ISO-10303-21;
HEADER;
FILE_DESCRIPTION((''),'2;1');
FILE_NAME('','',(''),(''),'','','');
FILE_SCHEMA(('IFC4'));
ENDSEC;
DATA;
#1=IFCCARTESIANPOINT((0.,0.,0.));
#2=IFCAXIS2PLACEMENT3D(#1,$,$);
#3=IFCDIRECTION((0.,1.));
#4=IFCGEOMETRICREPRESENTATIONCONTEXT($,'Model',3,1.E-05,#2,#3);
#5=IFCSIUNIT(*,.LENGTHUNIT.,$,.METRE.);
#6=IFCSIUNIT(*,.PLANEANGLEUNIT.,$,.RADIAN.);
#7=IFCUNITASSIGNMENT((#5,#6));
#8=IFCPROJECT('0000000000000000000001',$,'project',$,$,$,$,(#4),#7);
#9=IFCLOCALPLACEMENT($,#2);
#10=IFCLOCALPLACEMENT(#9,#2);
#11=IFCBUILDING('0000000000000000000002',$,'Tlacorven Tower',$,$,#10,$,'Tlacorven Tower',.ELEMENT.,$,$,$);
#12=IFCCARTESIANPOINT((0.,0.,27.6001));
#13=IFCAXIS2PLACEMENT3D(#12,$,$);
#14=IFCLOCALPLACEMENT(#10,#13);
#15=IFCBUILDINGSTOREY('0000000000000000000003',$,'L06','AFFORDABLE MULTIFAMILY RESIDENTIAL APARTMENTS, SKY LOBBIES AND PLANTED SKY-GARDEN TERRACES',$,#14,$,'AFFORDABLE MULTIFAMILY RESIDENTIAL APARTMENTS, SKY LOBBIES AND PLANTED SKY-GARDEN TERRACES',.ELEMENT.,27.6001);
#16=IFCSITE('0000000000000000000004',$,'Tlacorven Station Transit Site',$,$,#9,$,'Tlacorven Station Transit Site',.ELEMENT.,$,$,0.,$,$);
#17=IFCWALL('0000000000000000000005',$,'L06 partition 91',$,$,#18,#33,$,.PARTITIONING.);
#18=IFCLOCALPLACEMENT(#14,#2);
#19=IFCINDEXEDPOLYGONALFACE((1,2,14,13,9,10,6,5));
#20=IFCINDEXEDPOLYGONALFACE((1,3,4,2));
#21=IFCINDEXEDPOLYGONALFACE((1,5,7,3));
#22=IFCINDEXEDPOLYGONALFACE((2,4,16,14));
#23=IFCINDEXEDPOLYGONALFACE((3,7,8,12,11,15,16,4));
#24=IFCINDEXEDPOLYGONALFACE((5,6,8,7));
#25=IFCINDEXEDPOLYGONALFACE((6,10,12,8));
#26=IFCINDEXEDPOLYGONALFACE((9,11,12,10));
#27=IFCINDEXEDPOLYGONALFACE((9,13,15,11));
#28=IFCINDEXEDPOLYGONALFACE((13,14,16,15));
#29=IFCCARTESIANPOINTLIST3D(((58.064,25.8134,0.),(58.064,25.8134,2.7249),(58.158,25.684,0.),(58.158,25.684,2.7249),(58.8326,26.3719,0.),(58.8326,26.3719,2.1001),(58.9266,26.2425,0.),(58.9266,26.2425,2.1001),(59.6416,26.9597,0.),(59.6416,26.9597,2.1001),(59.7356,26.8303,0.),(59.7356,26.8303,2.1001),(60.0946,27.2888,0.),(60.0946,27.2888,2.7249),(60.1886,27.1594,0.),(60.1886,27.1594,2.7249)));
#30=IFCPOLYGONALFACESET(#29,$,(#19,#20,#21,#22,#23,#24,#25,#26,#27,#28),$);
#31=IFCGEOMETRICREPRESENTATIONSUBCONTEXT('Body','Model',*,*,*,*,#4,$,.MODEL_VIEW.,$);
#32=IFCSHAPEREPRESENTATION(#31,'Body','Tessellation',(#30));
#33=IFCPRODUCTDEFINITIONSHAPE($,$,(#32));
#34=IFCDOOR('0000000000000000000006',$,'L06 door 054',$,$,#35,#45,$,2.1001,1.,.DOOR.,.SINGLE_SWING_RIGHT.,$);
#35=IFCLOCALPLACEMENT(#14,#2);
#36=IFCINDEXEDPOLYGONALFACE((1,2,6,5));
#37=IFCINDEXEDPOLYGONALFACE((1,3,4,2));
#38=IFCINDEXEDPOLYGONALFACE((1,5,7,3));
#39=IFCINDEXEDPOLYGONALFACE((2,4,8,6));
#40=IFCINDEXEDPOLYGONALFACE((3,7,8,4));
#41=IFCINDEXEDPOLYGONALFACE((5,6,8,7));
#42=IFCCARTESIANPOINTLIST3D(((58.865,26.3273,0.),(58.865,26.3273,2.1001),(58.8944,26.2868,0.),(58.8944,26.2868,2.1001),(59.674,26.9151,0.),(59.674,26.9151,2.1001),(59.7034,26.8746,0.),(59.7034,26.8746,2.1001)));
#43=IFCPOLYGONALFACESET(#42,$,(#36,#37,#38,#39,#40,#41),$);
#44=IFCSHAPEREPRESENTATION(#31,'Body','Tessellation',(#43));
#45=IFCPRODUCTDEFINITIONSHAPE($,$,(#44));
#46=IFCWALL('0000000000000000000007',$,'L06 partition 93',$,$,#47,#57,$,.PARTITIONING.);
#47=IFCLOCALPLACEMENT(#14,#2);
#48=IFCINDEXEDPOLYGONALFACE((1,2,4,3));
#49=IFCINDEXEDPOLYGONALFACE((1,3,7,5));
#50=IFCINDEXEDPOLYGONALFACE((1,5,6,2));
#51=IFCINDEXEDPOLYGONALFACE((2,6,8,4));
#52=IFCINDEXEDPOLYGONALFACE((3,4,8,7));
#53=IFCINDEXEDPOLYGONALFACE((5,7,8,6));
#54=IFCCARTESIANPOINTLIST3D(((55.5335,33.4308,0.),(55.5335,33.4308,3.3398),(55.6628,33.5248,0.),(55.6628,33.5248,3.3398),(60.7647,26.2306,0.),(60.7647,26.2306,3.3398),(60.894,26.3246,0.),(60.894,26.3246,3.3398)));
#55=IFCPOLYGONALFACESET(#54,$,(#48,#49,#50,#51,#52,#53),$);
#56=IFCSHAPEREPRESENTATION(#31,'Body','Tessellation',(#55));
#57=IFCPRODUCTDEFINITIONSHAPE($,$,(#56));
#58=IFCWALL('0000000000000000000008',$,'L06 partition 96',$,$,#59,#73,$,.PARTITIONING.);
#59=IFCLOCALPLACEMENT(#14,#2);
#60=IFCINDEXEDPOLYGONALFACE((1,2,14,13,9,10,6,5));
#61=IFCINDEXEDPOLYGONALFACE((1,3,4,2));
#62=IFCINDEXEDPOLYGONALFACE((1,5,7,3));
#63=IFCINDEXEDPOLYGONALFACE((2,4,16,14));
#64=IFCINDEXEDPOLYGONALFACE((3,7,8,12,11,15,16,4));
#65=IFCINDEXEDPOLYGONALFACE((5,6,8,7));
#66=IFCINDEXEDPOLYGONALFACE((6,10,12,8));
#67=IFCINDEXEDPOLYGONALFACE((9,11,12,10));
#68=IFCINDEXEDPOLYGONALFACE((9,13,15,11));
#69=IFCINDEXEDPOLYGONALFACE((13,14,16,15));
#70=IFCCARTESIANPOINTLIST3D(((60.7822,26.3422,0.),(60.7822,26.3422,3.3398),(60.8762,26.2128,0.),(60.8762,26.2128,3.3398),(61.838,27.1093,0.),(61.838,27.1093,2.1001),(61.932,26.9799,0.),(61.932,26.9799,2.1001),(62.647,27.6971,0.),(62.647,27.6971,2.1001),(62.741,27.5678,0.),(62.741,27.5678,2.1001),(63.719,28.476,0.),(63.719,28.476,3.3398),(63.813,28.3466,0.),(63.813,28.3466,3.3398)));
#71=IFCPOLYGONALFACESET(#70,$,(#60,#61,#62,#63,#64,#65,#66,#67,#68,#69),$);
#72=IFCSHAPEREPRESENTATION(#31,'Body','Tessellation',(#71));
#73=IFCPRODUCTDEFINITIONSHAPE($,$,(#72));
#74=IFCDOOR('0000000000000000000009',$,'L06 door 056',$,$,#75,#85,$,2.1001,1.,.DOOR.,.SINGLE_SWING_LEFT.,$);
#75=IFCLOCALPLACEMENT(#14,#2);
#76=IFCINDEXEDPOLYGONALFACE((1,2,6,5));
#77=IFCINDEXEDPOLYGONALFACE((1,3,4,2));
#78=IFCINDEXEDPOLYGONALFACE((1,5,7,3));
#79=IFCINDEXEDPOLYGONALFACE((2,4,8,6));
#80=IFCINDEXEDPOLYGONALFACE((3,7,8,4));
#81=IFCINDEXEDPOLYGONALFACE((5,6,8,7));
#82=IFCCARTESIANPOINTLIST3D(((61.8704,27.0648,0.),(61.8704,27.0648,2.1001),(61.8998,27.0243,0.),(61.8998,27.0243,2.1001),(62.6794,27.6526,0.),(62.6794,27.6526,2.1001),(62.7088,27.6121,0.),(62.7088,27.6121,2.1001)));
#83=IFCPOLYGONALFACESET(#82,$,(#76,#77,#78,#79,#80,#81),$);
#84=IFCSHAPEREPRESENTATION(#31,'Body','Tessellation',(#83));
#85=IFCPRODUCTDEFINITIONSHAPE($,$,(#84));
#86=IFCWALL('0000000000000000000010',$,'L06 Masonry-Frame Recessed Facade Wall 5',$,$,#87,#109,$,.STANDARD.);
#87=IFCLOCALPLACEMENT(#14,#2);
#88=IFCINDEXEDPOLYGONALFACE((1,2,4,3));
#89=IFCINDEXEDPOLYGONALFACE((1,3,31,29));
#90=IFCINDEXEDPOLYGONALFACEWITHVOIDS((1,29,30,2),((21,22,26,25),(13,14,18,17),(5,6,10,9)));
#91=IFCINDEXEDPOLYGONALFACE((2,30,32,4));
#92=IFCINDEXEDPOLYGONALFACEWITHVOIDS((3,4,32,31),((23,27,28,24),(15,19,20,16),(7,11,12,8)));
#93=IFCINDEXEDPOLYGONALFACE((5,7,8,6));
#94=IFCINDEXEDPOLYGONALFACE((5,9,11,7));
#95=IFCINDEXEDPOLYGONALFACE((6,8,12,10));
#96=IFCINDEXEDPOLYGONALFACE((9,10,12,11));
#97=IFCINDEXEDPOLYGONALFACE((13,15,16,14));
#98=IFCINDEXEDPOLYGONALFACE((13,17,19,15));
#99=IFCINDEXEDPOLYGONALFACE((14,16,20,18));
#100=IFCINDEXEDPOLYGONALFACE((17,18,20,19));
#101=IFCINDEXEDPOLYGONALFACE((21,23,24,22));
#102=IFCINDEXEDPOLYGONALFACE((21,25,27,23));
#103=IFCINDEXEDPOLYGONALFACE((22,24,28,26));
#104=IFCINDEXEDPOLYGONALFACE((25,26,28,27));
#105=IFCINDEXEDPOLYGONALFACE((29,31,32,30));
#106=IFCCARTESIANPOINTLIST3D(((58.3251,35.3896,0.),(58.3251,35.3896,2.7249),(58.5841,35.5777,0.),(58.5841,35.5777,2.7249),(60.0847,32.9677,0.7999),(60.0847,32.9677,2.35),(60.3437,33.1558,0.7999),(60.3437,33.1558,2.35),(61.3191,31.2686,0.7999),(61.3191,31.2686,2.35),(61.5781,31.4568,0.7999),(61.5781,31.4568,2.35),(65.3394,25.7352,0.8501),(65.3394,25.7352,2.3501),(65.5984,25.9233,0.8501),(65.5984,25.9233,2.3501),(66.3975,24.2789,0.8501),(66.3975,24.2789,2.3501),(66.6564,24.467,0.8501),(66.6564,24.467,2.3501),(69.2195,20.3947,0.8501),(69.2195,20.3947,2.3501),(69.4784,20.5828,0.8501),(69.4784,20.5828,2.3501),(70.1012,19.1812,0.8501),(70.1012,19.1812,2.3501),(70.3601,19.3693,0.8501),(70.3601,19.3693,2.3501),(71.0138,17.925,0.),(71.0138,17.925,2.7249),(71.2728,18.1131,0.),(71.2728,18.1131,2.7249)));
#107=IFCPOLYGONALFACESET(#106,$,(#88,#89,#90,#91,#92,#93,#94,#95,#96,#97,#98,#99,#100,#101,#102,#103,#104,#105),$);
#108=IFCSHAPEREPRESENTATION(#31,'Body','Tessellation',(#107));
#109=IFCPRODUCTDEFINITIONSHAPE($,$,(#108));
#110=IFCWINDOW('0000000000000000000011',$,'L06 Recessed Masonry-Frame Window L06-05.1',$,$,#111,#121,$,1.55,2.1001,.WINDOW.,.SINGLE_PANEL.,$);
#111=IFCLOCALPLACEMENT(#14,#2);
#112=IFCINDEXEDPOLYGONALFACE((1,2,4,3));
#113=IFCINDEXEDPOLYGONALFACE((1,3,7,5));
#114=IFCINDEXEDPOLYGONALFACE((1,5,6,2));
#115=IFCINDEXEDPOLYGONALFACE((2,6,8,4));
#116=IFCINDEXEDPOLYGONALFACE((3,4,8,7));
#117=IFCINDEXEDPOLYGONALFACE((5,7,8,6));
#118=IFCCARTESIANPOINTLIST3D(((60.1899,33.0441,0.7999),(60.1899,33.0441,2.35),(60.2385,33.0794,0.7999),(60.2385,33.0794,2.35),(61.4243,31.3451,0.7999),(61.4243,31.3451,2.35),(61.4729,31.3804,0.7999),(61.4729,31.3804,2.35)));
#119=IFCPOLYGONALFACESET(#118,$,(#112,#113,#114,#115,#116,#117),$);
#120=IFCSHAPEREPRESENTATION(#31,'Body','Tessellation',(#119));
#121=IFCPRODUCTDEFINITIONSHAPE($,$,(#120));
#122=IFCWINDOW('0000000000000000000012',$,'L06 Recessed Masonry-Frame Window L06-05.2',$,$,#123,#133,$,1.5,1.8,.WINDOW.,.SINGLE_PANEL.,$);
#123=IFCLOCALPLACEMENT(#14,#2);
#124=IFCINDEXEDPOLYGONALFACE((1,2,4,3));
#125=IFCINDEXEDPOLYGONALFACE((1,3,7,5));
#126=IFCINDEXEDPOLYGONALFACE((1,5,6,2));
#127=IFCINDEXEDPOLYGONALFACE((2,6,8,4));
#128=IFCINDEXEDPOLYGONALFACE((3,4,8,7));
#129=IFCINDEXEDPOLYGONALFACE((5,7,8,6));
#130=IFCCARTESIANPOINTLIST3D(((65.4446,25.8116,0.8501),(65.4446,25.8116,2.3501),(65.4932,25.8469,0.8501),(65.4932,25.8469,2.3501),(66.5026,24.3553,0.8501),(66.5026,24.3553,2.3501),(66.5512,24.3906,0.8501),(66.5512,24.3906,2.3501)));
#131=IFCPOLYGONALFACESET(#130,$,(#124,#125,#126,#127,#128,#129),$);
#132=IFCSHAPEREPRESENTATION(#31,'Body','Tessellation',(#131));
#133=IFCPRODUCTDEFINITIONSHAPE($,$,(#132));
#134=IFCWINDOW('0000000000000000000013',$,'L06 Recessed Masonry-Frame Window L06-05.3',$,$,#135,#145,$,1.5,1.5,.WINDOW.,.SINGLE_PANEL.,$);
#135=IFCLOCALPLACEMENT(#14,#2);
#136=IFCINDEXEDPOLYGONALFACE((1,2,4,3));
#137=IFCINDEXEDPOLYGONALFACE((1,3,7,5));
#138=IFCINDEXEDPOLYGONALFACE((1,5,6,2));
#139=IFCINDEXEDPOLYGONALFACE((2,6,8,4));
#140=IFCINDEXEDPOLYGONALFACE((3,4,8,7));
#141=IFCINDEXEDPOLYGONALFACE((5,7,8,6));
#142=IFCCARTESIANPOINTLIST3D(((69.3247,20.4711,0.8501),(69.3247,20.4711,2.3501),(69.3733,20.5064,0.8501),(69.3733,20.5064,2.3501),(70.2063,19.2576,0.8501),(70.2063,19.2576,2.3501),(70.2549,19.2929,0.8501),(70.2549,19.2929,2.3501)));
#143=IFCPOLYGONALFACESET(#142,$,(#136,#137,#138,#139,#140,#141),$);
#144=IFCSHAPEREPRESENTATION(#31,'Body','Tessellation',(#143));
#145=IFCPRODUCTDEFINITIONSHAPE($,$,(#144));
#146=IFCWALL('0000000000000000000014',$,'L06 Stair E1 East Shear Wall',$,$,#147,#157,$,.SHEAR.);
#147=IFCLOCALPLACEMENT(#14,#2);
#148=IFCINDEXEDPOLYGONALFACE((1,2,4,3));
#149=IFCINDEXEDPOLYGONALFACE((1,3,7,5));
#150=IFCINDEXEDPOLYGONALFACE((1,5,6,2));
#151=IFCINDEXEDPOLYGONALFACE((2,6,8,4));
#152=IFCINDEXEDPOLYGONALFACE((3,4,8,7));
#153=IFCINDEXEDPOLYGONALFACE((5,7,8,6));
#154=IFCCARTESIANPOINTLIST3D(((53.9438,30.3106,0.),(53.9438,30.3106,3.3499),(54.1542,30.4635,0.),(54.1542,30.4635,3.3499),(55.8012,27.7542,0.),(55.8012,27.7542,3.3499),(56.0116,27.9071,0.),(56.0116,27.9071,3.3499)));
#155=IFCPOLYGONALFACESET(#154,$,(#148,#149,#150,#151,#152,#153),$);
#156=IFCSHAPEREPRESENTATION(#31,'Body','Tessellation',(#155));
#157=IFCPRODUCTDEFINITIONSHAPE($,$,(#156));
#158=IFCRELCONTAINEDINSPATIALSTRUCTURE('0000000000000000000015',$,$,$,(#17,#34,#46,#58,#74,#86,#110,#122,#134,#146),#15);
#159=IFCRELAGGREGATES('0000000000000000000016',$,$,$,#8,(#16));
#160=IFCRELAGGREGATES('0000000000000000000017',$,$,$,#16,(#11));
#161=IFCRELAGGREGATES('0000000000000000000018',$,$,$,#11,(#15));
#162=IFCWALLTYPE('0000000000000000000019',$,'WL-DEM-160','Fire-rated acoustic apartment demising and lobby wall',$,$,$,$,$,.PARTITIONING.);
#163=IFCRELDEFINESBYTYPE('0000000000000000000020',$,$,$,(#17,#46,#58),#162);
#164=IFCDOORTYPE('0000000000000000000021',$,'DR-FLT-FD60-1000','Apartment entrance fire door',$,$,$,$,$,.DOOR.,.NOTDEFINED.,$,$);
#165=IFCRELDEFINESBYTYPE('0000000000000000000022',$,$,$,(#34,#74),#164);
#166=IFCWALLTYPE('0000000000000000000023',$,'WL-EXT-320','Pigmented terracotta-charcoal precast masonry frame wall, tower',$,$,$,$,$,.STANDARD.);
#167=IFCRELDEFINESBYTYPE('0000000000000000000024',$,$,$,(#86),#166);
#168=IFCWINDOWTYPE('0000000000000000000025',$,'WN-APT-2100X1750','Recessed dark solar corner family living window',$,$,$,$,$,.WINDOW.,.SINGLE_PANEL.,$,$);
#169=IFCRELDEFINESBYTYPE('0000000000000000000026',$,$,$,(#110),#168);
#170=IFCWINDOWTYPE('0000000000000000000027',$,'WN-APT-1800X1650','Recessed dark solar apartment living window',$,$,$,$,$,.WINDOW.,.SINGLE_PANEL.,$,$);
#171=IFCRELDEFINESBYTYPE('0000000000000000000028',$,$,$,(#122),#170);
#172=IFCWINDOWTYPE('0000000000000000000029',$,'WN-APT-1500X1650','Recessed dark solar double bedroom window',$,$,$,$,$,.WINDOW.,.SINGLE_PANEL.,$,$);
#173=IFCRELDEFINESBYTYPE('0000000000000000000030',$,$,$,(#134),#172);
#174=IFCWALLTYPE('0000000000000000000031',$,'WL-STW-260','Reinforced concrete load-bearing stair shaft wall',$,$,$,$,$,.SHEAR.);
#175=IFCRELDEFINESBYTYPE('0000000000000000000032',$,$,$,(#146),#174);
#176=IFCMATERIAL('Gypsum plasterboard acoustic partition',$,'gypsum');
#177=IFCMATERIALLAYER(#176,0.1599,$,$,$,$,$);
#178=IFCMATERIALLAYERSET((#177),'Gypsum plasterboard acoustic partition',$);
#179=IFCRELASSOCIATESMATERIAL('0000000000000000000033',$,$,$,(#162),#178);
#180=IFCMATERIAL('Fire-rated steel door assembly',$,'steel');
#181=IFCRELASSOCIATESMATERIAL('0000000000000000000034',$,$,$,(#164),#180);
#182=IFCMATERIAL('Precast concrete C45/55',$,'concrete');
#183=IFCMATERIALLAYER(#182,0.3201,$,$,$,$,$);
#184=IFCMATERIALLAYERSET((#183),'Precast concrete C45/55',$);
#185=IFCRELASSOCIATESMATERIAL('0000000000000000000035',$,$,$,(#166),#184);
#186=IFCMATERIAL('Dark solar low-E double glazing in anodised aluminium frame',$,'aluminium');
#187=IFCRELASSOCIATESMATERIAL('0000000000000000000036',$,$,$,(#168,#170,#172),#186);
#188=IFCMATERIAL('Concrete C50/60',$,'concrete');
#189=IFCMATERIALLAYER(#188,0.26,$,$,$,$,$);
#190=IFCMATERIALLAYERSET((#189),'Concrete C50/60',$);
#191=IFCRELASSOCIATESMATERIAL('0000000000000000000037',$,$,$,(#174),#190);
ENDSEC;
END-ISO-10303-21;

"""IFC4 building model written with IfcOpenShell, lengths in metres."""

from ifc_helpers import new_model, si_unit, direction, frame, frame_2d, origin, place, context, subcontext, project, spatial, rectangle, extrude, source, transform, mapped, material, layer, layer_set, type_object, element, fill, save


model = new_model("IFC4")

# Units and contexts
model_context = context("Model", 3, precision=1e-05, world=origin(), true_north=direction((0.0, 1.0)))
body_context = subcontext(model_context, "Body", "Model", "MODEL_VIEW")
ifc_project = project(units=[si_unit("LENGTHUNIT", "METRE"), si_unit("PLANEANGLEUNIT", "RADIAN")], contexts=[model_context])

# Site, building, storey
site_placement = place(None, origin())
site = spatial("IfcSite", under=ifc_project, at=site_placement, Name="Tlacorven Station Transit Site", LongName="Tlacorven Station Transit Site", CompositionType="ELEMENT", RefElevation=0.0)
building_placement = place(site_placement, origin())
building = spatial("IfcBuilding", under=site, at=building_placement, Name="Tlacorven Tower", LongName="Tlacorven Tower", CompositionType="ELEMENT")
storey_placement = place(building_placement, frame((0.0, 0.0, 27.6001)))
storey = spatial("IfcBuildingStorey", under=building, at=storey_placement, Name="L06", Description="AFFORDABLE MULTIFAMILY RESIDENTIAL APARTMENTS, SKY LOBBIES AND PLANTED SKY-GARDEN TERRACES", LongName="AFFORDABLE MULTIFAMILY RESIDENTIAL APARTMENTS, SKY LOBBIES AND PLANTED SKY-GARDEN TERRACES", CompositionType="ELEMENT", Elevation=27.6001)

# Wall, opening, door
ifc_material_1 = material(Name="Gypsum plasterboard acoustic partition", Category="gypsum")
ifc_layer_1 = layer(ifc_material_1, 0.1599)
ifc_layer_set_1 = layer_set([ifc_layer_1], Name="Gypsum plasterboard acoustic partition")
wall_type_1 = type_object("IfcWallType", Name="WL-DEM-160", Description="Fire-rated acoustic apartment demising and lobby wall", PredefinedType="PARTITIONING", material=ifc_layer_set_1)
wall_1_placement = place(storey_placement, frame((58.1111, 25.7488, 0.0), z_axis=(0.0, 0.0, 1.0), x_axis=(0.809001, 0.587807, 0.0)))
wall_1 = element("IfcWall", 1, at=wall_1_placement, inside=storey, type_object=wall_type_1, Name="L06 partition 91", PredefinedType="PARTITIONING", context=body_context, shape_type="SweptSolid", body=[
    extrude(rectangle(XDim=2.51, YDim=0.1599, at=frame_2d((1.2549, 0.0))), origin(), (0.0, 0.0, 1.0), 2.7249),
])
opening_1_placement = place(wall_1_placement, frame((0.95, 0.0, 0.0)))
opening_1 = element("IfcOpeningElement", 2, at=opening_1_placement, cuts=wall_1, PredefinedType="OPENING", context=body_context, shape_type="SweptSolid", body=[
    extrude(rectangle(XDim=1.0, YDim=2.1001, at=frame_2d((0.5, 1.05))), frame((0.0, 0.0898, 0.0), z_axis=(0.0, -1.0, 0.0), x_axis=(1.0, 0.0, 0.0)), (0.0, 0.0, 1.0), 0.1799),
])
ifc_material_2 = material(Name="Fire-rated steel door assembly", Category="steel")
door_type = type_object("IfcDoorType", Name="DR-FLT-FD60-1000", Description="Apartment entrance fire door", OperationType="NOTDEFINED", PredefinedType="DOOR", material=ifc_material_2)
shared_shape_1 = source(origin(), body_context, "Body", "SweptSolid", [
    extrude(rectangle(XDim=1.0, YDim=2.1001, at=frame_2d((0.5, 1.05))), frame((0.0, 0.0249, 0.0), z_axis=(0.0, -1.0, 0.0), x_axis=(1.0, 0.0, 0.0)), (0.0, 0.0, 1.0), 0.05),
])
door_1_placement = place(opening_1_placement, origin())
door_1 = element("IfcDoor", 3, at=door_1_placement, inside=storey, type_object=door_type, Name="L06 door 054", OperationType="SINGLE_SWING_RIGHT", OverallHeight=2.1001, OverallWidth=1.0, PredefinedType="DOOR", context=body_context, shape_type="MappedRepresentation", body=[
    mapped(shared_shape_1, transform((0.0, 0.0, 0.0), scale=1.0)),
])
fill(opening_1, door_1)

# Wall
wall_2_placement = place(storey_placement, frame((60.8293, 26.2776, 0.0), z_axis=(0.0, 0.0, 1.0), x_axis=(-0.587782, 0.80902, 0.0)))
element("IfcWall", 4, at=wall_2_placement, inside=storey, type_object=wall_type_1, Name="L06 partition 93", PredefinedType="PARTITIONING", context=body_context, shape_type="SweptSolid", body=[
    extrude(rectangle(XDim=8.8999, YDim=0.1599, at=frame_2d((4.45, 0.0))), origin(), (0.0, 0.0, 1.0), 3.3398),
])

# Wall, opening, door
wall_3_placement = place(storey_placement, frame((60.8293, 26.2776, 0.0), z_axis=(0.0, 0.0, 1.0), x_axis=(0.809004, 0.587804, 0.0)))
wall_3 = element("IfcWall", 5, at=wall_3_placement, inside=storey, type_object=wall_type_1, Name="L06 partition 96", PredefinedType="PARTITIONING", context=body_context, shape_type="SweptSolid", body=[
    extrude(rectangle(XDim=3.6301, YDim=0.1599, at=frame_2d((1.8149, 0.0))), origin(), (0.0, 0.0, 1.0), 3.3398),
])
opening_2_placement = place(wall_3_placement, frame((1.3049, 0.0, 0.0)))
opening_2 = element("IfcOpeningElement", 6, at=opening_2_placement, cuts=wall_3, PredefinedType="OPENING", context=body_context, shape_type="SweptSolid", body=[
    extrude(rectangle(XDim=1.0, YDim=2.1001, at=frame_2d((0.5, 1.05))), frame((0.0, 0.0898, 0.0), z_axis=(0.0, -1.0, 0.0), x_axis=(1.0, 0.0, 0.0)), (0.0, 0.0, 1.0), 0.1799),
])
door_2_placement = place(opening_2_placement, origin())
door_2 = element("IfcDoor", 7, at=door_2_placement, inside=storey, type_object=door_type, Name="L06 door 056", OperationType="SINGLE_SWING_LEFT", OverallHeight=2.1001, OverallWidth=1.0, PredefinedType="DOOR", context=body_context, shape_type="MappedRepresentation", body=[
    mapped(shared_shape_1, transform((0.0, 0.0, 0.0), scale=1.0)),
])
fill(opening_2, door_2)

# Wall, openings, windows
ifc_material_3 = material(Name="Precast concrete C45/55", Category="concrete")
ifc_layer_2 = layer(ifc_material_3, 0.3201)
ifc_layer_set_2 = layer_set([ifc_layer_2], Name="Precast concrete C45/55")
wall_type_2 = type_object("IfcWallType", Name="WL-EXT-320", Description="Pigmented terracotta-charcoal precast masonry frame wall, tower", PredefinedType="STANDARD", material=ifc_layer_set_2)
wall_4_placement = place(storey_placement, frame((58.4546, 35.4836, 0.0), z_axis=(0.0, 0.0, 1.0), x_axis=(0.587784, -0.809018, 0.0)))
wall_4 = element("IfcWall", 8, at=wall_4_placement, inside=storey, type_object=wall_type_2, Name="L06 Masonry-Frame Recessed Facade Wall 5", PredefinedType="STANDARD", context=body_context, shape_type="SweptSolid", body=[
    extrude(rectangle(XDim=21.5874, YDim=0.3201, at=frame_2d((10.7937, 0.0))), origin(), (0.0, 0.0, 1.0), 2.7249),
])
opening_3_placement = place(wall_4_placement, frame((2.9937, 0.0, 0.8)))
opening_3 = element("IfcOpeningElement", 9, at=opening_3_placement, cuts=wall_4, PredefinedType="OPENING", context=body_context, shape_type="SweptSolid", body=[
    extrude(rectangle(XDim=2.1001, YDim=1.55, at=frame_2d((1.05, 0.7749))), frame((0.0, 0.1699, 0.0), z_axis=(0.0, -1.0, 0.0), x_axis=(1.0, 0.0, 0.0)), (0.0, 0.0, 1.0), 0.3401),
])
opening_4_placement = place(wall_4_placement, frame((11.9336, 0.0, 0.8501)))
opening_4 = element("IfcOpeningElement", 10, at=opening_4_placement, cuts=wall_4, PredefinedType="OPENING", context=body_context, shape_type="SweptSolid", body=[
    extrude(rectangle(XDim=1.8, YDim=1.5, at=frame_2d((0.8999, 0.75))), frame((0.0, 0.1699, 0.0), z_axis=(0.0, -1.0, 0.0), x_axis=(1.0, 0.0, 0.0)), (0.0, 0.0, 1.0), 0.3401),
])
opening_5_placement = place(wall_4_placement, frame((18.5347, 0.0, 0.8501)))
opening_5 = element("IfcOpeningElement", 11, at=opening_5_placement, cuts=wall_4, PredefinedType="OPENING", context=body_context, shape_type="SweptSolid", body=[
    extrude(rectangle(XDim=1.5, YDim=1.5, at=frame_2d((0.75, 0.75))), frame((0.0, 0.1699, 0.0), z_axis=(0.0, -1.0, 0.0), x_axis=(1.0, 0.0, 0.0)), (0.0, 0.0, 1.0), 0.3401),
])
ifc_material_4 = material(Name="Dark solar low-E double glazing in anodised aluminium frame", Category="aluminium")
window_type_1 = type_object("IfcWindowType", Name="WN-APT-2100X1750", Description="Recessed dark solar corner family living window", PartitioningType="SINGLE_PANEL", PredefinedType="WINDOW", material=ifc_material_4)
shared_shape_2 = source(origin(), body_context, "Body", "SweptSolid", [
    extrude(rectangle(XDim=2.1001, YDim=1.55, at=frame_2d((1.05, 0.7749))), frame((0.0, 0.03, 0.0), z_axis=(0.0, -1.0, 0.0), x_axis=(1.0, 0.0, 0.0)), (0.0, 0.0, 1.0), 0.0601),
])
window_1_placement = place(opening_3_placement, origin())
window_1 = element("IfcWindow", 12, at=window_1_placement, inside=storey, type_object=window_type_1, Name="L06 Recessed Masonry-Frame Window L06-05.1", OverallHeight=1.55, OverallWidth=2.1001, PartitioningType="SINGLE_PANEL", PredefinedType="WINDOW", context=body_context, shape_type="MappedRepresentation", body=[
    mapped(shared_shape_2, transform((0.0, 0.0, 0.0), scale=1.0)),
])
fill(opening_3, window_1)
window_type_2 = type_object("IfcWindowType", Name="WN-APT-1800X1650", Description="Recessed dark solar apartment living window", PartitioningType="SINGLE_PANEL", PredefinedType="WINDOW", material=ifc_material_4)
shared_shape_3 = source(origin(), body_context, "Body", "SweptSolid", [
    extrude(rectangle(XDim=1.8, YDim=1.5, at=frame_2d((0.8999, 0.75))), frame((0.0, 0.03, 0.0), z_axis=(0.0, -1.0, 0.0), x_axis=(1.0, 0.0, 0.0)), (0.0, 0.0, 1.0), 0.0601),
])
window_2_placement = place(opening_4_placement, origin())
window_2 = element("IfcWindow", 13, at=window_2_placement, inside=storey, type_object=window_type_2, Name="L06 Recessed Masonry-Frame Window L06-05.2", OverallHeight=1.5, OverallWidth=1.8, PartitioningType="SINGLE_PANEL", PredefinedType="WINDOW", context=body_context, shape_type="MappedRepresentation", body=[
    mapped(shared_shape_3, transform((0.0, 0.0, 0.0), scale=1.0)),
])
fill(opening_4, window_2)
window_type_3 = type_object("IfcWindowType", Name="WN-APT-1500X1650", Description="Recessed dark solar double bedroom window", PartitioningType="SINGLE_PANEL", PredefinedType="WINDOW", material=ifc_material_4)
shared_shape_4 = source(origin(), body_context, "Body", "SweptSolid", [
    extrude(rectangle(XDim=1.5, YDim=1.5, at=frame_2d((0.75, 0.75))), frame((0.0, 0.03, 0.0), z_axis=(0.0, -1.0, 0.0), x_axis=(1.0, 0.0, 0.0)), (0.0, 0.0, 1.0), 0.0601),
])
window_3_placement = place(opening_5_placement, origin())
window_3 = element("IfcWindow", 14, at=window_3_placement, inside=storey, type_object=window_type_3, Name="L06 Recessed Masonry-Frame Window L06-05.3", OverallHeight=1.5, OverallWidth=1.5, PartitioningType="SINGLE_PANEL", PredefinedType="WINDOW", context=body_context, shape_type="MappedRepresentation", body=[
    mapped(shared_shape_4, transform((0.0, 0.0, 0.0), scale=1.0)),
])
fill(opening_5, window_3)

# Wall
ifc_material_5 = material(Name="Concrete C50/60", Category="concrete")
ifc_layer_3 = layer(ifc_material_5, 0.26)
ifc_layer_set_3 = layer_set([ifc_layer_3], Name="Concrete C50/60")
wall_type_3 = type_object("IfcWallType", Name="WL-STW-260", Description="Reinforced concrete load-bearing stair shaft wall", PredefinedType="SHEAR", material=ifc_layer_set_3)
wall_5_placement = place(storey_placement, frame((55.9065, 27.8306, 0.0), z_axis=(0.0, 0.0, 1.0), x_axis=(-0.587804, 0.809003, 0.0)))
element("IfcWall", 15, at=wall_5_placement, inside=storey, type_object=wall_type_3, Name="L06 Stair E1 East Shear Wall", PredefinedType="SHEAR", context=body_context, shape_type="SweptSolid", body=[
    extrude(rectangle(XDim=3.1599, YDim=0.26, at=frame_2d((1.5801, 0.0))), origin(), (0.0, 0.0, 1.0), 3.3499),
])

save(model, "model.ifc")
